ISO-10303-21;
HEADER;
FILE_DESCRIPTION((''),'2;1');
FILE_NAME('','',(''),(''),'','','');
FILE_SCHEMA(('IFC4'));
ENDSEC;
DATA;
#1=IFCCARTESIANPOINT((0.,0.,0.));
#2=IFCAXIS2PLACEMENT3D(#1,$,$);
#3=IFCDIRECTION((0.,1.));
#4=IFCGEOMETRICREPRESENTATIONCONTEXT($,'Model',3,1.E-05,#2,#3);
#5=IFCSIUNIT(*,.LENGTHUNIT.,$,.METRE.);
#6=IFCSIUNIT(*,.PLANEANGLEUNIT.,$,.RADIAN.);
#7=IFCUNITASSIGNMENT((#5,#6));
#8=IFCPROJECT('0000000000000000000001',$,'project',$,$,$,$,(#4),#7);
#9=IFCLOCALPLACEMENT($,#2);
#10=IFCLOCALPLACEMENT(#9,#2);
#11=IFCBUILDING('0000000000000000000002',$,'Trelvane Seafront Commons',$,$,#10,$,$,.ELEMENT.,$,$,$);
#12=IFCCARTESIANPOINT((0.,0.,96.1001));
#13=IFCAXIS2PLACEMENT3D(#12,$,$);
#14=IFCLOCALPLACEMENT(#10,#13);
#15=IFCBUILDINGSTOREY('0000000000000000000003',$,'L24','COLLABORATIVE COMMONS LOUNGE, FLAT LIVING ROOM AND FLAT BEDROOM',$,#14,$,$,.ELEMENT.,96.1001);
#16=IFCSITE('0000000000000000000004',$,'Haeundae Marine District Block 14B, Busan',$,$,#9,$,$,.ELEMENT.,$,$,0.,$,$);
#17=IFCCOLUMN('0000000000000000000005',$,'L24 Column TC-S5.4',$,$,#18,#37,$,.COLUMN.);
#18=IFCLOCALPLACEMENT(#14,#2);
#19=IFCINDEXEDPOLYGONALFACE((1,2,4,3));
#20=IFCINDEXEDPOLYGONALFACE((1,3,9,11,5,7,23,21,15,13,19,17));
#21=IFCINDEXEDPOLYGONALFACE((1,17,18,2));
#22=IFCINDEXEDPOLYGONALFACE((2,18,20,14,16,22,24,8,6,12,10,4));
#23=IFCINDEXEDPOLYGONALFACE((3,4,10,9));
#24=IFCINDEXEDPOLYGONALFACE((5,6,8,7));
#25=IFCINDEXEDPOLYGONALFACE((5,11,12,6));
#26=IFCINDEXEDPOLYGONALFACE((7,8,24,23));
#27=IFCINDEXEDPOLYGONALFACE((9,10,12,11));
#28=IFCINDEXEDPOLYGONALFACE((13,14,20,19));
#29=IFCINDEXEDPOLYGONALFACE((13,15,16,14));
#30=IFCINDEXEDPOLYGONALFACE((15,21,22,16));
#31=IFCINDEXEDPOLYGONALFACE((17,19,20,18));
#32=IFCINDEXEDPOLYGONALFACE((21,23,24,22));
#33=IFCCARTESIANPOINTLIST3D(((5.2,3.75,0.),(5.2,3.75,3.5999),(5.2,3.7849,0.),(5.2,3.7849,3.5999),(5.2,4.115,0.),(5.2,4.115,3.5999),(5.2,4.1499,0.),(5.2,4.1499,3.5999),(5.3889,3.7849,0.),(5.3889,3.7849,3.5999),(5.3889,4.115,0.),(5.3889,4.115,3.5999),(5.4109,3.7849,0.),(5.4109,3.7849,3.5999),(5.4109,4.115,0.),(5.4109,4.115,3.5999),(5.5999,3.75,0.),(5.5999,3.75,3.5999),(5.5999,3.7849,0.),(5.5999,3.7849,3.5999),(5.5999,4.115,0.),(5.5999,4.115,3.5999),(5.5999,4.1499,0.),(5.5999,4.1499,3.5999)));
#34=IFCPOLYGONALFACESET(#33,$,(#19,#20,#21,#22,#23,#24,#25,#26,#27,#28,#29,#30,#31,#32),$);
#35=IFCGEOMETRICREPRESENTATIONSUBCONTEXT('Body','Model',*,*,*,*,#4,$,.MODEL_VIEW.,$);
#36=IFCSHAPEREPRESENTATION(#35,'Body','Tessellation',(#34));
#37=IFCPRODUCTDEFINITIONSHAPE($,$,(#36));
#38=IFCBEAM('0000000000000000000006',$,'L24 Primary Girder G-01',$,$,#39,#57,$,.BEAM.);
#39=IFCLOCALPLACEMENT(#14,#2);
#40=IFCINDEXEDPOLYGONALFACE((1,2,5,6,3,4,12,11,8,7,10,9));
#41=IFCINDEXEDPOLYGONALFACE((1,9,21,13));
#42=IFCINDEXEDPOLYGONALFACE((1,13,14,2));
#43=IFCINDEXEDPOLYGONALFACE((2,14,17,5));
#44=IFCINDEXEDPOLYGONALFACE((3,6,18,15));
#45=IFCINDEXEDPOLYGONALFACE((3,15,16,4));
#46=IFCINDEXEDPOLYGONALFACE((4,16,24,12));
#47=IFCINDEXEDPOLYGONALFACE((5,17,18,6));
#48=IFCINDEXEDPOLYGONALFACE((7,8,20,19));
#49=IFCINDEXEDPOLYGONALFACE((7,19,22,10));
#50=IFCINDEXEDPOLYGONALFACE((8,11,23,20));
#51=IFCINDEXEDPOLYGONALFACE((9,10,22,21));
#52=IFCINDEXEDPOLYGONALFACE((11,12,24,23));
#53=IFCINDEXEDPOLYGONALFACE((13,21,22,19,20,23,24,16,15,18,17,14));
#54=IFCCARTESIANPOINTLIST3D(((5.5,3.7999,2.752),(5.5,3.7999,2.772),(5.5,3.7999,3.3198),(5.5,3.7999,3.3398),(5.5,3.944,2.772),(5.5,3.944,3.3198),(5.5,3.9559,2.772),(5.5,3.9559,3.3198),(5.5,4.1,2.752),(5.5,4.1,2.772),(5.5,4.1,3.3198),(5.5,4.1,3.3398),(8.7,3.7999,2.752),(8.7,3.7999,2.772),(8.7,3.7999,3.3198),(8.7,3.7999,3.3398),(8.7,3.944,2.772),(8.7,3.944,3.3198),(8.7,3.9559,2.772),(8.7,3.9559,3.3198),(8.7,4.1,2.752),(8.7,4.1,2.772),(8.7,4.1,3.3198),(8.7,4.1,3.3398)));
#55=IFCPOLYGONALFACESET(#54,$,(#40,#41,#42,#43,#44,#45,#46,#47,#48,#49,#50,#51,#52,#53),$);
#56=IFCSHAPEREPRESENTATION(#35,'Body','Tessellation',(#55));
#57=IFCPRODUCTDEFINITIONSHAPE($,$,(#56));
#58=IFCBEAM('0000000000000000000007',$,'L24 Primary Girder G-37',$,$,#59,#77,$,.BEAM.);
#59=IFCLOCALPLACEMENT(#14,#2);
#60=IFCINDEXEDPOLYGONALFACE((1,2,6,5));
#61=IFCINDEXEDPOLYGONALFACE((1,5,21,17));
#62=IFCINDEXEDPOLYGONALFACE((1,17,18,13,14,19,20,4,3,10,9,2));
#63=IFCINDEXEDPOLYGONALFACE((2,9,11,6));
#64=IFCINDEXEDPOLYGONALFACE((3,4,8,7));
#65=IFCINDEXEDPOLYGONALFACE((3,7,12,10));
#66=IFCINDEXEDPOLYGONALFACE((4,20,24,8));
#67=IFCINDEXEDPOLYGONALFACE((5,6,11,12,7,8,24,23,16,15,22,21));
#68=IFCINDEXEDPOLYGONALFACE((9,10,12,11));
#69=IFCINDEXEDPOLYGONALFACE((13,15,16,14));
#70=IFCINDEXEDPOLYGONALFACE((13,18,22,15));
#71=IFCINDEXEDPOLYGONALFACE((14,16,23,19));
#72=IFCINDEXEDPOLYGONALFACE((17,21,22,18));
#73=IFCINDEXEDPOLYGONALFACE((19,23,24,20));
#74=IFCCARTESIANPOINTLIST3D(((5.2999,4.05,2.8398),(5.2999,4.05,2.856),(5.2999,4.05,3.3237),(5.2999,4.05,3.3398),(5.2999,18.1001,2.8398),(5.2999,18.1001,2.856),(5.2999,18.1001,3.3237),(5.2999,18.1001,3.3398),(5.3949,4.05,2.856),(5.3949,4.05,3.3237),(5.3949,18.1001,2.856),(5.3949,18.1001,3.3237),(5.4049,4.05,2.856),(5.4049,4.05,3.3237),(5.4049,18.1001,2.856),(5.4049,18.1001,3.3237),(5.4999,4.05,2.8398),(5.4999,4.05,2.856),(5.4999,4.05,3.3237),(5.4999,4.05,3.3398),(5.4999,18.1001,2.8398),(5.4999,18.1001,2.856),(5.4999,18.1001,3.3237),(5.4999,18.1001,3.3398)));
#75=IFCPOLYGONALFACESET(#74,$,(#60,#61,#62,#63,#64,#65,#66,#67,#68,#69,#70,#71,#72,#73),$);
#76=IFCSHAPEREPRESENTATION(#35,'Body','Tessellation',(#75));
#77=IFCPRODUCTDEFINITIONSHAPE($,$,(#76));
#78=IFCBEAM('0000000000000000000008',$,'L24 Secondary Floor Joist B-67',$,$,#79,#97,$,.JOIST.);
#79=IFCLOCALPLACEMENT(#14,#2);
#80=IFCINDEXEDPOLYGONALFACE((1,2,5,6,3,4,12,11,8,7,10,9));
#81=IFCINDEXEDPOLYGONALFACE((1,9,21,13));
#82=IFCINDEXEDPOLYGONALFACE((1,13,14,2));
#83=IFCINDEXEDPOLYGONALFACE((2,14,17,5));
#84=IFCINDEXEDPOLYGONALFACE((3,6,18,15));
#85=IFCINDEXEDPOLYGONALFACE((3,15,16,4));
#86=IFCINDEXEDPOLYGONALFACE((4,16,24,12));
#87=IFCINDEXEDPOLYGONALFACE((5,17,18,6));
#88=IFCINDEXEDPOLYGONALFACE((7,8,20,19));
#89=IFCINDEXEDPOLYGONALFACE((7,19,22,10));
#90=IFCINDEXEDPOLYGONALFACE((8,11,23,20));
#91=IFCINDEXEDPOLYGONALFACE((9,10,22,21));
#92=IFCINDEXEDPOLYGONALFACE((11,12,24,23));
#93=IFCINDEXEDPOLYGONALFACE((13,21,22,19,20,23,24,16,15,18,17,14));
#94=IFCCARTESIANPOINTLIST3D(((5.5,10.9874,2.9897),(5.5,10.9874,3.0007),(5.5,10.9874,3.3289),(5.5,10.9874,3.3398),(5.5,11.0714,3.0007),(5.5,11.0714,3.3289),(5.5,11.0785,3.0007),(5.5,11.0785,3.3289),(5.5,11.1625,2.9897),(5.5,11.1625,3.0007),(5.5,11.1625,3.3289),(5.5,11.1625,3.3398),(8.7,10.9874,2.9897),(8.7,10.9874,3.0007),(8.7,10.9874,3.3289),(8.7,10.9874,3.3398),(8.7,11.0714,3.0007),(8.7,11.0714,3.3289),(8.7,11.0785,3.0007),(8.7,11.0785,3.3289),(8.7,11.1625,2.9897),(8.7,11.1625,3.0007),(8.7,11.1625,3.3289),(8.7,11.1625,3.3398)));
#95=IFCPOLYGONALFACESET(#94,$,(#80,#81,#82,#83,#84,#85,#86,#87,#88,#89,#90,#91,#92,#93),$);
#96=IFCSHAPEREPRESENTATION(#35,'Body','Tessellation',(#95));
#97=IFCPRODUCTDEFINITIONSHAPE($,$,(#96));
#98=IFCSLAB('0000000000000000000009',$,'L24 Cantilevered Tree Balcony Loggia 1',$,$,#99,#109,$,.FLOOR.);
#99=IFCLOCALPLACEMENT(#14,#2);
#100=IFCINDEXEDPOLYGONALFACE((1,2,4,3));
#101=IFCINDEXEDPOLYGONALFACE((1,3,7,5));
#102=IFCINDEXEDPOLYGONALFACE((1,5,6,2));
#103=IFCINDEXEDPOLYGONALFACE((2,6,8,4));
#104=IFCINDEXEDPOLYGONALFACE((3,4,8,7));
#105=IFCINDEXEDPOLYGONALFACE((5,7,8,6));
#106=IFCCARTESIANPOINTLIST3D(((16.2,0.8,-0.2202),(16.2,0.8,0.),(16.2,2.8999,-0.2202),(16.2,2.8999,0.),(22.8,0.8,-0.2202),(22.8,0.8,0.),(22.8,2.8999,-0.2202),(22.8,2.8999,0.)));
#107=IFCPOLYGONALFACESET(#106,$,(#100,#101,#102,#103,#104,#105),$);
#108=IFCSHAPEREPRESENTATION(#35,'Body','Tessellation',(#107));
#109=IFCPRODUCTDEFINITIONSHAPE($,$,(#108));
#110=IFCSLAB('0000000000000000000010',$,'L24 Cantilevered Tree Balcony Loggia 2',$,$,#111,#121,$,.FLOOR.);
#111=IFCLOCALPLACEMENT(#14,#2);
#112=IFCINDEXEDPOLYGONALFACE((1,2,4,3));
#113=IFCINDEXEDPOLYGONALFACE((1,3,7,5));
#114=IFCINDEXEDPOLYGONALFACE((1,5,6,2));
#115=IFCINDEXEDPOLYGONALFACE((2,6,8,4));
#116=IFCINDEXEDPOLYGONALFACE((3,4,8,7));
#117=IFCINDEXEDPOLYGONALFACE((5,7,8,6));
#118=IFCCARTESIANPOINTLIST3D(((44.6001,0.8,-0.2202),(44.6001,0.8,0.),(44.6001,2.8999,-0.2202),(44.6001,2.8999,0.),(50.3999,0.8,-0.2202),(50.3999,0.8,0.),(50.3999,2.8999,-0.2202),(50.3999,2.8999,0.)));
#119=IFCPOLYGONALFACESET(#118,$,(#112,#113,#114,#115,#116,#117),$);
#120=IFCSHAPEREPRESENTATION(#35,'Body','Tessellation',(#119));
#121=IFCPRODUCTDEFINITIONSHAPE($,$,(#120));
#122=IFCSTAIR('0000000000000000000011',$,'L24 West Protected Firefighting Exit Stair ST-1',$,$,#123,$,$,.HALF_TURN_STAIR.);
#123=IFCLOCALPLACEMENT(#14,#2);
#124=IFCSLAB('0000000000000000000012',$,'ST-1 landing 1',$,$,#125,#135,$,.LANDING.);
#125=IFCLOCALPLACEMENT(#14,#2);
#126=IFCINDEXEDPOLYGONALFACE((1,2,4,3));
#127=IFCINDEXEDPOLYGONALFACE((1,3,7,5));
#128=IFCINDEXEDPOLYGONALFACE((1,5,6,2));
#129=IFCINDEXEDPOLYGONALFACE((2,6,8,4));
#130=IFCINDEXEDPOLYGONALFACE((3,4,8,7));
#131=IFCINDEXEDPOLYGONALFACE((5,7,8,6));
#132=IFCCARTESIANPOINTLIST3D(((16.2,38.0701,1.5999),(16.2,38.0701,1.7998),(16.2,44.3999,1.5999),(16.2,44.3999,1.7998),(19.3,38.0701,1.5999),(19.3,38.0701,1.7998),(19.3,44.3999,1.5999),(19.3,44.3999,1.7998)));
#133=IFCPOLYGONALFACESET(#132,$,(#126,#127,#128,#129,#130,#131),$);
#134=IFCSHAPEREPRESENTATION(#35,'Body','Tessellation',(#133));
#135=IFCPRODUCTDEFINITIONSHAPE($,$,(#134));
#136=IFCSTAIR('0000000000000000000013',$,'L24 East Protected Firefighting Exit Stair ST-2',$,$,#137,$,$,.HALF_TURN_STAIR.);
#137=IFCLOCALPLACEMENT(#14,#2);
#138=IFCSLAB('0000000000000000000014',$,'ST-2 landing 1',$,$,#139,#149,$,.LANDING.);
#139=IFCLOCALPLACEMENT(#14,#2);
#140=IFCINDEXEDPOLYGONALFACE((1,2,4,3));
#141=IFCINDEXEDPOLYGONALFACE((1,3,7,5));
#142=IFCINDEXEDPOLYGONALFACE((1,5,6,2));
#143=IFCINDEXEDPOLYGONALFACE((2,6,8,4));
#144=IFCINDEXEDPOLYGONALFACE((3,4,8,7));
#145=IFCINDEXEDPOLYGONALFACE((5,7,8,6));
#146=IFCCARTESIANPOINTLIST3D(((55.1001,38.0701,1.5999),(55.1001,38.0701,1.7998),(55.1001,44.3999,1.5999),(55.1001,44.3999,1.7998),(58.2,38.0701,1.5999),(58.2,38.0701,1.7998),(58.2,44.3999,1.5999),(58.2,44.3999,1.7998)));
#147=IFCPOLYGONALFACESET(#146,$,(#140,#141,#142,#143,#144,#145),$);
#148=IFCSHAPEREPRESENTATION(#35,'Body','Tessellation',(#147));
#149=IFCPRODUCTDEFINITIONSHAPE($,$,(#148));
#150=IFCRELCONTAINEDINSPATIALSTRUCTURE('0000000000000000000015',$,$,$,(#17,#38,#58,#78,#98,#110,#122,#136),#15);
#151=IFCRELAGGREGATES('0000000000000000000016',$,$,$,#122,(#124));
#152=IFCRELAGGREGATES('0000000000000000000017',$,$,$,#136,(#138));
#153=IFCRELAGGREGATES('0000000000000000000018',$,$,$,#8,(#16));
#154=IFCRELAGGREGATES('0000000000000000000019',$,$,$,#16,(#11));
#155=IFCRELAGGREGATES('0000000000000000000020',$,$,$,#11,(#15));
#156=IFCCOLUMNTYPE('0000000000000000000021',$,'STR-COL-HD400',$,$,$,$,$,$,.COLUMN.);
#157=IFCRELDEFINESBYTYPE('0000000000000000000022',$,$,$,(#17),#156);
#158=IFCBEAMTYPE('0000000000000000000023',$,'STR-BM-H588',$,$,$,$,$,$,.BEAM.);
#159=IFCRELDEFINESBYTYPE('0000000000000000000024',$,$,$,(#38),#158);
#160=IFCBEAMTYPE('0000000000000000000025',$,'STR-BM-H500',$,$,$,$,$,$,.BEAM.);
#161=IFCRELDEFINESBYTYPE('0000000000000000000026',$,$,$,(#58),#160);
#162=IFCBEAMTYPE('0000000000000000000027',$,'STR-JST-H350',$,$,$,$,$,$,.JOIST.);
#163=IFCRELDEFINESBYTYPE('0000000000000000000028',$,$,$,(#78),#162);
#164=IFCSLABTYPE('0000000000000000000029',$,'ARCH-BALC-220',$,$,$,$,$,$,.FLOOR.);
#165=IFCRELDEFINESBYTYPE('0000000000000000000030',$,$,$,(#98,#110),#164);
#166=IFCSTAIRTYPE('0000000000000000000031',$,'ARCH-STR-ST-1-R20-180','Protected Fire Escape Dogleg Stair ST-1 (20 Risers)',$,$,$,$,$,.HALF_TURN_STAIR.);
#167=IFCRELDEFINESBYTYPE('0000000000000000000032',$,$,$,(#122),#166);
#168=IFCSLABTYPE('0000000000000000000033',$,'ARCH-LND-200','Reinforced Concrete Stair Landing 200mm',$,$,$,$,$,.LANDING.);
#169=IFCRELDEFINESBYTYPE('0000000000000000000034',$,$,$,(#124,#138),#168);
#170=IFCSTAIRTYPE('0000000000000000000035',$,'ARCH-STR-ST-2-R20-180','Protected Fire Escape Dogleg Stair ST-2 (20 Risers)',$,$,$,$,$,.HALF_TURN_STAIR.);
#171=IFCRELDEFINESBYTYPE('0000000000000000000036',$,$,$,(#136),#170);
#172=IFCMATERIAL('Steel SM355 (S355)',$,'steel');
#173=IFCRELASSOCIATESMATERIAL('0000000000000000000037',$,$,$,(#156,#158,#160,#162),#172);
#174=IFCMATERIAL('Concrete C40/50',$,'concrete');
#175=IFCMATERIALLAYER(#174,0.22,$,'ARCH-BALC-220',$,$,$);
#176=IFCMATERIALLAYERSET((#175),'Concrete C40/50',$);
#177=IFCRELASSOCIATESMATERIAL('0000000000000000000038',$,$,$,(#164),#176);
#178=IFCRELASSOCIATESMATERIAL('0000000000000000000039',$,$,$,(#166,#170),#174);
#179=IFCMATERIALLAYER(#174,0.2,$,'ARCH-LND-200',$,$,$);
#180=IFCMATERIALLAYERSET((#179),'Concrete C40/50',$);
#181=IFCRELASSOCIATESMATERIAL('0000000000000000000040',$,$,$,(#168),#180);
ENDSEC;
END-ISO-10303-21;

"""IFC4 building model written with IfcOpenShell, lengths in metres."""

from ifc_helpers import new_model, si_unit, direction, frame, origin, origin_2d, place, context, subcontext, project, spatial, polyline, i_section, outline, extrude, source, transform, mapped, material, layer, layer_set, material_profile, profile_set, type_object, element, aggregate, save


model = new_model("IFC4")

# Units and contexts
model_context = context("Model", 3, precision=1e-05, world=origin(), true_north=direction((0.0, 1.0)))
body_context = subcontext(model_context, "Body", "Model", "MODEL_VIEW")
ifc_project = project(units=[si_unit("LENGTHUNIT", "METRE"), si_unit("PLANEANGLEUNIT", "RADIAN")], contexts=[model_context])

# Site, building, storey
site_placement = place(None, origin())
site = spatial("IfcSite", under=ifc_project, at=site_placement, Name="Haeundae Marine District Block 14B, Busan", CompositionType="ELEMENT", RefElevation=0.0)
building_placement = place(site_placement, origin())
building = spatial("IfcBuilding", under=site, at=building_placement, Name="Trelvane Seafront Commons", CompositionType="ELEMENT")
storey_placement = place(building_placement, frame((0.0, 0.0, 96.1001)))
storey = spatial("IfcBuildingStorey", under=building, at=storey_placement, Name="L24", Description="COLLABORATIVE COMMONS LOUNGE, FLAT LIVING ROOM AND FLAT BEDROOM", CompositionType="ELEMENT", Elevation=96.1001)

# Column
ifc_material_1 = material(Name="Steel SM355 (S355)", Category="steel")
ifc_material_profile_1 = material_profile(ifc_material_1, i_section(OverallWidth=0.3999, OverallDepth=0.3999, WebThickness=0.022, FlangeThickness=0.0349, at=origin_2d()), Name="HD-400x400x22x35")
ifc_profile_set_1 = profile_set([ifc_material_profile_1], Name="Steel SM355 (S355)")
column_type = type_object("IfcColumnType", Name="STR-COL-HD400", PredefinedType="COLUMN", material=ifc_profile_set_1)
shared_shape_1 = source(origin(), body_context, "Body", "SweptSolid", [
    extrude(i_section(OverallWidth=0.3999, OverallDepth=0.3999, WebThickness=0.022, FlangeThickness=0.0349, at=origin_2d()), origin(), (0.0, 0.0, 1.0), 3.5999),
])
column_placement = place(storey_placement, frame((5.3999, 3.95, 0.0), z_axis=(0.0, 0.0, 1.0), x_axis=(1.0, 0.0, 0.0)))
element("IfcColumn", 1, at=column_placement, inside=storey, type_object=column_type, Name="L24 Column TC-S5.4", PredefinedType="COLUMN", context=body_context, shape_type="MappedRepresentation", body=[
    mapped(shared_shape_1, transform((0.0, 0.0, 0.0), x_axis=(1.0, 0.0, 0.0), y_axis=(0.0, 1.0, 0.0), z_axis=(0.0, 0.0, 1.0), scale=1.0)),
])

# Beams
ifc_material_profile_2 = material_profile(ifc_material_1, i_section(OverallWidth=0.3, OverallDepth=0.5879, WebThickness=0.012, FlangeThickness=0.02, at=origin_2d()), Name="H-588x300x12x20")
ifc_profile_set_2 = profile_set([ifc_material_profile_2], Name="Steel SM355 (S355)")
beam_type_1 = type_object("IfcBeamType", Name="STR-BM-H588", PredefinedType="BEAM", material=ifc_profile_set_2)
shared_shape_2 = source(origin(), body_context, "Body", "SweptSolid", [
    extrude(i_section(OverallWidth=0.3, OverallDepth=0.5879, WebThickness=0.012, FlangeThickness=0.02, at=origin_2d()), origin(), (0.0, 0.0, 1.0), 3.2),
])
beam_1_placement = place(storey_placement, frame((5.5, 3.95, 3.0459), z_axis=(1.0, 0.0, 0.0), x_axis=(0.0, 1.0, 0.0)))
element("IfcBeam", 2, at=beam_1_placement, inside=storey, type_object=beam_type_1, Name="L24 Primary Girder G-01", PredefinedType="BEAM", context=body_context, shape_type="MappedRepresentation", body=[
    mapped(shared_shape_2, transform((0.0, 0.0, 0.0), x_axis=(1.0, 0.0, 0.0), y_axis=(0.0, 1.0, 0.0), z_axis=(0.0, 0.0, 1.0), scale=1.0)),
])
ifc_material_profile_3 = material_profile(ifc_material_1, i_section(OverallWidth=0.2, OverallDepth=0.5, WebThickness=0.01, FlangeThickness=0.0161, at=origin_2d()), Name="H-500x200x10x16")
ifc_profile_set_3 = profile_set([ifc_material_profile_3], Name="Steel SM355 (S355)")
beam_type_2 = type_object("IfcBeamType", Name="STR-BM-H500", PredefinedType="BEAM", material=ifc_profile_set_3)
shared_shape_3 = source(origin(), body_context, "Body", "SweptSolid", [
    extrude(i_section(OverallWidth=0.2, OverallDepth=0.5, WebThickness=0.01, FlangeThickness=0.0161, at=origin_2d()), origin(), (0.0, 0.0, 1.0), 14.05),
])
beam_2_placement = place(storey_placement, frame((5.3999, 4.05, 3.0898), z_axis=(0.0, 1.0, 0.0), x_axis=(-1.0, 0.0, 0.0)))
element("IfcBeam", 3, at=beam_2_placement, inside=storey, type_object=beam_type_2, Name="L24 Primary Girder G-37", PredefinedType="BEAM", context=body_context, shape_type="MappedRepresentation", body=[
    mapped(shared_shape_3, transform((0.0, 0.0, 0.0), x_axis=(1.0, 0.0, 0.0), y_axis=(0.0, 1.0, 0.0), z_axis=(0.0, 0.0, 1.0), scale=1.0)),
])
ifc_material_profile_4 = material_profile(ifc_material_1, i_section(OverallWidth=0.175, OverallDepth=0.3501, WebThickness=0.0071, FlangeThickness=0.011, at=origin_2d()), Name="H-350x175x7x11")
ifc_profile_set_4 = profile_set([ifc_material_profile_4], Name="Steel SM355 (S355)")
beam_type_3 = type_object("IfcBeamType", Name="STR-JST-H350", PredefinedType="JOIST", material=ifc_profile_set_4)
shared_shape_4 = source(origin(), body_context, "Body", "SweptSolid", [
    extrude(i_section(OverallWidth=0.175, OverallDepth=0.3501, WebThickness=0.0071, FlangeThickness=0.011, at=origin_2d()), origin(), (0.0, 0.0, 1.0), 3.2),
])
beam_3_placement = place(storey_placement, frame((5.5, 11.075, 3.1648), z_axis=(1.0, 0.0, 0.0), x_axis=(0.0, 1.0, 0.0)))
element("IfcBeam", 4, at=beam_3_placement, inside=storey, type_object=beam_type_3, Name="L24 Secondary Floor Joist B-67", PredefinedType="JOIST", context=body_context, shape_type="MappedRepresentation", body=[
    mapped(shared_shape_4, transform((0.0, 0.0, 0.0), x_axis=(1.0, 0.0, 0.0), y_axis=(0.0, 1.0, 0.0), z_axis=(0.0, 0.0, 1.0), scale=1.0)),
])

# Slabs
ifc_material_2 = material(Name="Concrete C40/50", Category="concrete")
ifc_layer_1 = layer(ifc_material_2, 0.22, Name="ARCH-BALC-220")
ifc_layer_set_1 = layer_set([ifc_layer_1], Name="Concrete C40/50")
slab_type_1 = type_object("IfcSlabType", Name="ARCH-BALC-220", PredefinedType="FLOOR", material=ifc_layer_set_1)
slab_1_placement = place(storey_placement, frame((0.0, 0.0, -0.2202)))
element("IfcSlab", 5, at=slab_1_placement, inside=storey, type_object=slab_type_1, Name="L24 Cantilevered Tree Balcony Loggia 1", PredefinedType="FLOOR", context=body_context, shape_type="SweptSolid", body=[
    extrude(outline(polyline([(16.2, 0.8), (22.8, 0.8), (22.8, 2.8999), (16.2, 2.8999), (16.2, 0.8)])), origin(), (0.0, 0.0, 1.0), 0.2202),
])
slab_2_placement = place(storey_placement, frame((0.0, 0.0, -0.2202)))
element("IfcSlab", 6, at=slab_2_placement, inside=storey, type_object=slab_type_1, Name="L24 Cantilevered Tree Balcony Loggia 2", PredefinedType="FLOOR", context=body_context, shape_type="SweptSolid", body=[
    extrude(outline(polyline([(44.6001, 0.8), (50.3999, 0.8), (50.3999, 2.8999), (44.6001, 2.8999), (44.6001, 0.8)])), origin(), (0.0, 0.0, 1.0), 0.2202),
])

# Stairs, slabs
stair_type_1 = type_object("IfcStairType", Name="ARCH-STR-ST-1-R20-180", Description="Protected Fire Escape Dogleg Stair ST-1 (20 Risers)", PredefinedType="HALF_TURN_STAIR", material=ifc_material_2)
stair_1_placement = place(storey_placement, origin())
stair_1 = element("IfcStair", 7, at=stair_1_placement, inside=storey, type_object=stair_type_1, Name="L24 West Protected Firefighting Exit Stair ST-1", PredefinedType="HALF_TURN_STAIR")
ifc_layer_2 = layer(ifc_material_2, 0.2, Name="ARCH-LND-200")
ifc_layer_set_2 = layer_set([ifc_layer_2], Name="Concrete C40/50")
slab_type_2 = type_object("IfcSlabType", Name="ARCH-LND-200", Description="Reinforced Concrete Stair Landing 200mm", PredefinedType="LANDING", material=ifc_layer_set_2)
slab_3_placement = place(storey_placement, frame((0.0, 0.0, 1.5999)))
slab_3 = element("IfcSlab", 8, at=slab_3_placement, type_object=slab_type_2, Name="ST-1 landing 1", PredefinedType="LANDING", context=body_context, shape_type="SweptSolid", body=[
    extrude(outline(polyline([(19.3, 38.0701), (19.3, 44.3999), (16.2, 44.3999), (16.2, 38.0701), (19.3, 38.0701)])), origin(), (0.0, 0.0, 1.0), 0.2),
])
aggregate(stair_1, [slab_3])
stair_type_2 = type_object("IfcStairType", Name="ARCH-STR-ST-2-R20-180", Description="Protected Fire Escape Dogleg Stair ST-2 (20 Risers)", PredefinedType="HALF_TURN_STAIR", material=ifc_material_2)
stair_2_placement = place(storey_placement, origin())
stair_2 = element("IfcStair", 9, at=stair_2_placement, inside=storey, type_object=stair_type_2, Name="L24 East Protected Firefighting Exit Stair ST-2", PredefinedType="HALF_TURN_STAIR")
slab_4_placement = place(storey_placement, frame((0.0, 0.0, 1.5999)))
slab_4 = element("IfcSlab", 10, at=slab_4_placement, type_object=slab_type_2, Name="ST-2 landing 1", PredefinedType="LANDING", context=body_context, shape_type="SweptSolid", body=[
    extrude(outline(polyline([(58.2, 38.0701), (58.2, 44.3999), (55.1001, 44.3999), (55.1001, 38.0701), (58.2, 38.0701)])), origin(), (0.0, 0.0, 1.0), 0.2),
])
aggregate(stair_2, [slab_4])

save(model, "model.ifc")
